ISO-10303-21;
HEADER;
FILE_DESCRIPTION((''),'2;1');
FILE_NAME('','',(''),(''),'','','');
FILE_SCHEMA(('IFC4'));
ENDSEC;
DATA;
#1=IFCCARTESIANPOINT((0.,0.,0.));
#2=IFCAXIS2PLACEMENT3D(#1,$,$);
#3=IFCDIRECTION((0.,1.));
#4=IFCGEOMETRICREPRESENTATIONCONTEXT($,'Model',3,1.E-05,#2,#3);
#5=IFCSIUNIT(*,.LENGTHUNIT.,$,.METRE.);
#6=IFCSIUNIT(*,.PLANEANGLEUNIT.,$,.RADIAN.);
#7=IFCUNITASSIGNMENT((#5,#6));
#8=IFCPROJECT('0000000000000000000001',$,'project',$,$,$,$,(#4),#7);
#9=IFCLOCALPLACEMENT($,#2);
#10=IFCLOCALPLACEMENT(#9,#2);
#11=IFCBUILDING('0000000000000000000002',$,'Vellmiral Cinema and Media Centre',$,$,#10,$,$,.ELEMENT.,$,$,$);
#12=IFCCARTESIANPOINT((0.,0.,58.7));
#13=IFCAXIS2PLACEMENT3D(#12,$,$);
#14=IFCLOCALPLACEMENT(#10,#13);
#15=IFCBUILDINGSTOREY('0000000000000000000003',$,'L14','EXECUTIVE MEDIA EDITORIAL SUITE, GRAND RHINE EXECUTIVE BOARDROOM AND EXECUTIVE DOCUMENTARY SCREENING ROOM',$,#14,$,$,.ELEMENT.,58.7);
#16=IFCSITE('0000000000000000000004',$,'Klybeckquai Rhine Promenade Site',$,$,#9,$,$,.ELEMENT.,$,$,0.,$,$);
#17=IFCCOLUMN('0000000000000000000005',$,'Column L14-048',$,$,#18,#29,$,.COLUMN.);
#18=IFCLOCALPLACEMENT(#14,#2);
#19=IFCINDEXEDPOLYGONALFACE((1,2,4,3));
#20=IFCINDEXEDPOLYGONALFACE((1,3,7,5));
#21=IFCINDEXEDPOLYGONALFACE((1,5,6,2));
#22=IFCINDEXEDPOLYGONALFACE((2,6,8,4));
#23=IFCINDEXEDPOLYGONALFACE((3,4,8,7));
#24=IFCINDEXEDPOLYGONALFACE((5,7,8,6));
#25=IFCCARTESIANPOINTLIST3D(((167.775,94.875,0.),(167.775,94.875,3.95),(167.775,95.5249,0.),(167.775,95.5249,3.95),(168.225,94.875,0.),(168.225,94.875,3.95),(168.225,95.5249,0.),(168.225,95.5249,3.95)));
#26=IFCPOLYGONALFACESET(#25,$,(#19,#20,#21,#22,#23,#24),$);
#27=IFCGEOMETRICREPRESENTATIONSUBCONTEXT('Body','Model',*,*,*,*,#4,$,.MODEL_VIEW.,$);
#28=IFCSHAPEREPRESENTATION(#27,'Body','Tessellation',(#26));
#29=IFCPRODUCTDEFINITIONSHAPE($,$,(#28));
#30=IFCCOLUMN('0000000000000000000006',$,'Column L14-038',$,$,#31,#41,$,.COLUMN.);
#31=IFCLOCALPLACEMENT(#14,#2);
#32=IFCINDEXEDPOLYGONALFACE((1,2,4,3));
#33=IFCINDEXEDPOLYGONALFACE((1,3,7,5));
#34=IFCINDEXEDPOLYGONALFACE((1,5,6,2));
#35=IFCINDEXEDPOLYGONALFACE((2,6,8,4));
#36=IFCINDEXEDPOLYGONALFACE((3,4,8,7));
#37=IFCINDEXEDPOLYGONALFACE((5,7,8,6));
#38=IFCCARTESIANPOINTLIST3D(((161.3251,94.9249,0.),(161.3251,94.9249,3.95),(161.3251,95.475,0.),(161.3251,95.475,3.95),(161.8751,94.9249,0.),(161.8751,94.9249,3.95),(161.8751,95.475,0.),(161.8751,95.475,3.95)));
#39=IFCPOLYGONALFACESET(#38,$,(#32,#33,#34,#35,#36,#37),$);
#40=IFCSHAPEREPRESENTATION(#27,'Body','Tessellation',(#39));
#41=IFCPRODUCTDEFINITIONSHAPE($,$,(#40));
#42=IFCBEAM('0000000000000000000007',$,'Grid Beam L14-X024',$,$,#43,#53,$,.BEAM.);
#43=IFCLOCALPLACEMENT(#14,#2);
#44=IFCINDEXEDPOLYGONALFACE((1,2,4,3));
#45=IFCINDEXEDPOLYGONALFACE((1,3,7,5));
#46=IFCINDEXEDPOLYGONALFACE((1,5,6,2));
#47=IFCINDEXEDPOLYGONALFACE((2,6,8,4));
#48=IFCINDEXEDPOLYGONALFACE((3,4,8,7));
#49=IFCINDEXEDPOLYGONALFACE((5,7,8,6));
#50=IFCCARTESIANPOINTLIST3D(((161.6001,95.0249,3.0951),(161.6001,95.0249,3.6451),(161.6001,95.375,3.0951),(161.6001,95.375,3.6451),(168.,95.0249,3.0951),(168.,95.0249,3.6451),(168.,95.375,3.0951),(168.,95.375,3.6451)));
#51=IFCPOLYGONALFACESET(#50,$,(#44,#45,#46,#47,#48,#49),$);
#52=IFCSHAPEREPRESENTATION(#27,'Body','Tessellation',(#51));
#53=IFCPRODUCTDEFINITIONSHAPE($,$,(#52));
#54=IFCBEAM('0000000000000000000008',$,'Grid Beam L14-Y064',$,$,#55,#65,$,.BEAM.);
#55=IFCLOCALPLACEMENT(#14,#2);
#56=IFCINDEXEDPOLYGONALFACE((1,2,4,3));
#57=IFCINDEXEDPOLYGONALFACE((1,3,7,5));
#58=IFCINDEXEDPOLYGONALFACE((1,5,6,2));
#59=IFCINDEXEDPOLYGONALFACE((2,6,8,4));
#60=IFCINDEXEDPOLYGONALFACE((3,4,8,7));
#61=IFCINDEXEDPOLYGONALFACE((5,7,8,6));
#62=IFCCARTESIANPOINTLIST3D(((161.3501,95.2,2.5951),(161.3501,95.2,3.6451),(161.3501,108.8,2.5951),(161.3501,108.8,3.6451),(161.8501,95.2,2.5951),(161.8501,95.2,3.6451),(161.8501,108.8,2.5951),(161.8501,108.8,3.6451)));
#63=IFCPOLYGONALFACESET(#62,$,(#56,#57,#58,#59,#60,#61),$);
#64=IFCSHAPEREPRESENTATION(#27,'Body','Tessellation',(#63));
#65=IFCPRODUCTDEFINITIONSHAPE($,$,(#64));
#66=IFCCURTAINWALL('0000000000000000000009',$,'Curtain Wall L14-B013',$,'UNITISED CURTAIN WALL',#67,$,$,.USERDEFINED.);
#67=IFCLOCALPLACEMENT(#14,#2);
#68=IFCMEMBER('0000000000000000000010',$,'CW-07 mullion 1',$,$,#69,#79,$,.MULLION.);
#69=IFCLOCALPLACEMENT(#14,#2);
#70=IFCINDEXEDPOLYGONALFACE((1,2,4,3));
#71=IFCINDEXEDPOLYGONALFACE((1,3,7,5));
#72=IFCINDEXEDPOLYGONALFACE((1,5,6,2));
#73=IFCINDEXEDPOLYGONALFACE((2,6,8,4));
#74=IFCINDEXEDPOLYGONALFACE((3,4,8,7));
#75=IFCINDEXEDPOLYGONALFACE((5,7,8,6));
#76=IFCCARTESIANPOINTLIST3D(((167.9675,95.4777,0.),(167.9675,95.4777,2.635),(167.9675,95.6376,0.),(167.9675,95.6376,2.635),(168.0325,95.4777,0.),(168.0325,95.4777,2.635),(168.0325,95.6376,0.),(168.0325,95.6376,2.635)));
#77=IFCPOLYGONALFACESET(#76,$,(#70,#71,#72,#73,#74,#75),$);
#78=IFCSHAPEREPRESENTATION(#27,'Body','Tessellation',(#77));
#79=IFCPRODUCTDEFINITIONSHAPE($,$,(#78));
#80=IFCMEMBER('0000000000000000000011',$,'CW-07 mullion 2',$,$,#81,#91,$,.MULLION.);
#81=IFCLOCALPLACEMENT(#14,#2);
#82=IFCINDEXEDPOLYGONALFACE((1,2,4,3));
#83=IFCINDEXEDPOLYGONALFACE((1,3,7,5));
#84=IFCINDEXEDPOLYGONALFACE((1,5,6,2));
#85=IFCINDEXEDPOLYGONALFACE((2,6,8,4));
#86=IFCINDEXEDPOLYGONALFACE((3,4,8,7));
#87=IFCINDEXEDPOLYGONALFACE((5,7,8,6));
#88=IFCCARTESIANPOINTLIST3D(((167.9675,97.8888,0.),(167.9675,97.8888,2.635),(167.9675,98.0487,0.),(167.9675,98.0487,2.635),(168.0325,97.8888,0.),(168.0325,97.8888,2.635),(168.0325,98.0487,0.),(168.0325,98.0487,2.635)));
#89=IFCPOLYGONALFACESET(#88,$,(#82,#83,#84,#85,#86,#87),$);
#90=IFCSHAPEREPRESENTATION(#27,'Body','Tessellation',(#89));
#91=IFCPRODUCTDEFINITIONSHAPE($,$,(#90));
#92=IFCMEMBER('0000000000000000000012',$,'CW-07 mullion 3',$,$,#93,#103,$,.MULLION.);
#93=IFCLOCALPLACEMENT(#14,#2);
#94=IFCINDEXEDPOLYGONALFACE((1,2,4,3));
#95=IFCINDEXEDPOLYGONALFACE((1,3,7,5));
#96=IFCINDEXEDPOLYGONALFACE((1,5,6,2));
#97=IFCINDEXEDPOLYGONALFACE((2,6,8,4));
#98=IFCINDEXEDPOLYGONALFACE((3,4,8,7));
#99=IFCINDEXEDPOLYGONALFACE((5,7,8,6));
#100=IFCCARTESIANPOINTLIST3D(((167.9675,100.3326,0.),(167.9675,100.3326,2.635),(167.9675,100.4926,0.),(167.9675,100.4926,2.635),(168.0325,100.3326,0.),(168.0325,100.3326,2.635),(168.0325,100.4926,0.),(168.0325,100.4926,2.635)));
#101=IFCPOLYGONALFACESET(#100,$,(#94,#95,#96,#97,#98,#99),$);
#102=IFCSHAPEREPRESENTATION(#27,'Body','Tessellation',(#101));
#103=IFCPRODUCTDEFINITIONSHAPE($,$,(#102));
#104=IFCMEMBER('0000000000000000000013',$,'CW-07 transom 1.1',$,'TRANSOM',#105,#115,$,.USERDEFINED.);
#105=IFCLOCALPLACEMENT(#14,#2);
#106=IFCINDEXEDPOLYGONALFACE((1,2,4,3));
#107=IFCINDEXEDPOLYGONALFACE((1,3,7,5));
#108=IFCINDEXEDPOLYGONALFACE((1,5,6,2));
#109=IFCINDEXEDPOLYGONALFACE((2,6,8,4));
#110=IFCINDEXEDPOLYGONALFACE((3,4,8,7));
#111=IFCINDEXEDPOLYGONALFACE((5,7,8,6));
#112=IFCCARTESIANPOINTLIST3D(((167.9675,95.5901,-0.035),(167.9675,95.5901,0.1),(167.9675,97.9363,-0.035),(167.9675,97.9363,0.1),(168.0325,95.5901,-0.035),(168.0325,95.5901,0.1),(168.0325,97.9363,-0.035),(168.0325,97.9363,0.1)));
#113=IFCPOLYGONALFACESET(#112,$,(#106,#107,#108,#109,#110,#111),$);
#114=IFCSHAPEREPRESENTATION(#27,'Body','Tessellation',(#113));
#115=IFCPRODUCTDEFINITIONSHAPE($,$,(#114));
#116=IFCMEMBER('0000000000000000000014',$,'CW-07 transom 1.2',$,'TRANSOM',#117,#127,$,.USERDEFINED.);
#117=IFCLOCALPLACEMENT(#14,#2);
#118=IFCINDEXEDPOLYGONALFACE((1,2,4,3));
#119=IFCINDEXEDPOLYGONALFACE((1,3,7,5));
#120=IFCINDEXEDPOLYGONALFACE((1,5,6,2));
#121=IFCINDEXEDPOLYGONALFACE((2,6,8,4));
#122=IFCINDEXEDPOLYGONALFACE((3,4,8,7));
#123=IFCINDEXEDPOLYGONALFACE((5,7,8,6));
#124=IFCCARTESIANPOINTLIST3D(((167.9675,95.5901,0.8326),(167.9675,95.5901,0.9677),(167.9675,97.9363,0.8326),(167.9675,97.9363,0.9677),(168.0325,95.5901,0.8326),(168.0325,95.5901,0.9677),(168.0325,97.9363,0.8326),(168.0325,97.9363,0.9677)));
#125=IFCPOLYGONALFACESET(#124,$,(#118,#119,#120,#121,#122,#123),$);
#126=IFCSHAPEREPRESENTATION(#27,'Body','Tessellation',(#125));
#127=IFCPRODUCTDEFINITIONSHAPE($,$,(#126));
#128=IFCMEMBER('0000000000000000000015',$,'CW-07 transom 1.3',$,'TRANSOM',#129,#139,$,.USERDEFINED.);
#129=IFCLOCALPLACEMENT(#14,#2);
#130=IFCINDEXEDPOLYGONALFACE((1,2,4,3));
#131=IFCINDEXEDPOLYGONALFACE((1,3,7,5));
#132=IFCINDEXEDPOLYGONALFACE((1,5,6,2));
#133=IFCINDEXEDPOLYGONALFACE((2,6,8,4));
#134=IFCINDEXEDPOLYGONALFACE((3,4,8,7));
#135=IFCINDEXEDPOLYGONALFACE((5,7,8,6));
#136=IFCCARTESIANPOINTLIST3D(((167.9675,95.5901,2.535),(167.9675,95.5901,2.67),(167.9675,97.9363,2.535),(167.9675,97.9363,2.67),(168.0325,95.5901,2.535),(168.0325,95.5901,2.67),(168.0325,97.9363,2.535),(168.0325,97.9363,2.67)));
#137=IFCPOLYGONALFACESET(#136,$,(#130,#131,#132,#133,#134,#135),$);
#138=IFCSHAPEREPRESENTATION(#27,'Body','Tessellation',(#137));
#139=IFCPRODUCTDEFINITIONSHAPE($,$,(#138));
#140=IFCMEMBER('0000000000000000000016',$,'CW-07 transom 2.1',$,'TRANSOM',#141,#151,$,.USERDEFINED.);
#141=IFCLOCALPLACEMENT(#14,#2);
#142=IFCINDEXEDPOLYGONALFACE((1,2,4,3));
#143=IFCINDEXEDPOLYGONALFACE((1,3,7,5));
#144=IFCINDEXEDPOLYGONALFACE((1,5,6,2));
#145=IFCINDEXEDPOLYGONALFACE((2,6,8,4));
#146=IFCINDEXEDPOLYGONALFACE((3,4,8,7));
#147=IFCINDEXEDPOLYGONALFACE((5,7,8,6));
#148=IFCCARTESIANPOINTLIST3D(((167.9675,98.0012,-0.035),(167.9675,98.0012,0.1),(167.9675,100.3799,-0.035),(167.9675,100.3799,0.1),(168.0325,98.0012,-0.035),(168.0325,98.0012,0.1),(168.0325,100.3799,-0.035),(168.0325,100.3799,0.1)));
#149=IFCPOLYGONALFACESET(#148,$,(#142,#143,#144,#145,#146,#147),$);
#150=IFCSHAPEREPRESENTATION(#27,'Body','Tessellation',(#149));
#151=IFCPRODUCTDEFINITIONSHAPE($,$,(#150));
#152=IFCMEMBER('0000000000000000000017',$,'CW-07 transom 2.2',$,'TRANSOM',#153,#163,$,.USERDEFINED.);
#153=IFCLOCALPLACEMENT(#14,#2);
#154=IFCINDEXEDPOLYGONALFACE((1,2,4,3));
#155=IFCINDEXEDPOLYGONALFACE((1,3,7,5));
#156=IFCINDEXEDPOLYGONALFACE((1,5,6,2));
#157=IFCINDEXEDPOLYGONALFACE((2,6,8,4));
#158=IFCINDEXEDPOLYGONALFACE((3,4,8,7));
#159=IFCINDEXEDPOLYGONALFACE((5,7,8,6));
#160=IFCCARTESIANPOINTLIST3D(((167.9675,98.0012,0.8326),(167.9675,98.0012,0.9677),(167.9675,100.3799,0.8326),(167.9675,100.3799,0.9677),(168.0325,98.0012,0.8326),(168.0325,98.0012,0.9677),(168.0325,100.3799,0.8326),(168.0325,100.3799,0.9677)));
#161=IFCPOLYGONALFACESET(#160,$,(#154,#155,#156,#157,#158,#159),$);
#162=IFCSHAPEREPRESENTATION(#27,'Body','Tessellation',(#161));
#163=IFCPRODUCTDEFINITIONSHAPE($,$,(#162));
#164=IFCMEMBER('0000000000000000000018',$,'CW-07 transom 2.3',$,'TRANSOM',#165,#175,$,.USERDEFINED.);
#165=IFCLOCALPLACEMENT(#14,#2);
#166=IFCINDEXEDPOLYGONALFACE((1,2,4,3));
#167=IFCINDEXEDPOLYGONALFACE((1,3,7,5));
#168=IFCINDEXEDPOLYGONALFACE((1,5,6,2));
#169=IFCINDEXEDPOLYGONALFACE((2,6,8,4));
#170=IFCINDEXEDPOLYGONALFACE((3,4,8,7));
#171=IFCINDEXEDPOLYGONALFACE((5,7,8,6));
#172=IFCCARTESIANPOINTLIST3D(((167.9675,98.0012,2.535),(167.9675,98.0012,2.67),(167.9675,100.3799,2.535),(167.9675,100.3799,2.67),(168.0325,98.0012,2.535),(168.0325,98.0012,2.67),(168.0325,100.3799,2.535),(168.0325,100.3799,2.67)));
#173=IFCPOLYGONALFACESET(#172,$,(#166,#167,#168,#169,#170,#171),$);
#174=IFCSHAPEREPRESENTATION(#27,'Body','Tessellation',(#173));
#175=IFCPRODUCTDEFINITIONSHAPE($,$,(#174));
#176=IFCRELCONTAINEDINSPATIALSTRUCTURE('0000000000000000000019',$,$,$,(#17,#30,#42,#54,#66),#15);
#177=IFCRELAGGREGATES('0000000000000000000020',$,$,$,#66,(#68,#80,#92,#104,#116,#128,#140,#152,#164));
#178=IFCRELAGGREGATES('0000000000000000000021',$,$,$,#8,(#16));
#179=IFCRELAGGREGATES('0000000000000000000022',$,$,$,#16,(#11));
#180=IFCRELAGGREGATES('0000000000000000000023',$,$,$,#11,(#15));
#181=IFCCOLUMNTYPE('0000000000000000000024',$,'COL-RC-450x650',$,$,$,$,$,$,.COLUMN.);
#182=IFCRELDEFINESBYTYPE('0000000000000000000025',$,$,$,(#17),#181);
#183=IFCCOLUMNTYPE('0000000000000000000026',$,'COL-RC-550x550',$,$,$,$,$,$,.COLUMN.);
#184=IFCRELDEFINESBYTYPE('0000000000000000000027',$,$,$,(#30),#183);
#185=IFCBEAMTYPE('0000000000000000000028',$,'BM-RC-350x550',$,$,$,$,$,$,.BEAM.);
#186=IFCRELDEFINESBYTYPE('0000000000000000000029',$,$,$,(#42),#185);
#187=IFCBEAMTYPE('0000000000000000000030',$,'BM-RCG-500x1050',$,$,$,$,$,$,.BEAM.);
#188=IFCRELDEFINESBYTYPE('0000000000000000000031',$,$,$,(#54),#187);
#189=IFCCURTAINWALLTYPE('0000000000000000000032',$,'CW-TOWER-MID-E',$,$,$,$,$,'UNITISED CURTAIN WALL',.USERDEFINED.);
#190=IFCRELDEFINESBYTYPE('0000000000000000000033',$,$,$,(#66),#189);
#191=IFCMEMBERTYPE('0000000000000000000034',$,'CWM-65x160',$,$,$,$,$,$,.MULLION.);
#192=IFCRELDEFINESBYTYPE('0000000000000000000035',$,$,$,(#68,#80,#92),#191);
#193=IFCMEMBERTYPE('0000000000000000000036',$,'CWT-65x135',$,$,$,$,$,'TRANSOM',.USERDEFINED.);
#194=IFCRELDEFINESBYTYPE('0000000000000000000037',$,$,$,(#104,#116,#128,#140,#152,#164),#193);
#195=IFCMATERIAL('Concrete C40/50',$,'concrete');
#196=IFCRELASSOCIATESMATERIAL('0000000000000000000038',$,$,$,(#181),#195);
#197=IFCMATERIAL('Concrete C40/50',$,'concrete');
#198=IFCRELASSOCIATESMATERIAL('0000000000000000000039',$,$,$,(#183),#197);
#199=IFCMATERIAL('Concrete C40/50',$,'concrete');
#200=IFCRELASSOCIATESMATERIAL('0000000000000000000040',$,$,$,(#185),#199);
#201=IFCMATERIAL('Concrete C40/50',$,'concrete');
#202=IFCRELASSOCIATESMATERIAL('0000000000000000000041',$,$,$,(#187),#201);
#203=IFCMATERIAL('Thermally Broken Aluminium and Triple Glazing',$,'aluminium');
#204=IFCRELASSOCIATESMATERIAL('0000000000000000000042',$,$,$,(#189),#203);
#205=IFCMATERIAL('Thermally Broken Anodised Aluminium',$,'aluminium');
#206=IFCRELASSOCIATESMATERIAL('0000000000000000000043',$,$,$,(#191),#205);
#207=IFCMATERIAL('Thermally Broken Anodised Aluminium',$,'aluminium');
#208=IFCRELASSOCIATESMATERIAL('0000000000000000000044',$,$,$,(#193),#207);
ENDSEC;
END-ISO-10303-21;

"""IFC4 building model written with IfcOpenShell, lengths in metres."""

from ifc_helpers import new_model, si_unit, direction, frame, origin, origin_2d, place, context, subcontext, project, spatial, rectangle, extrude, material, material_profile, profile_set, type_object, element, aggregate, save


model = new_model("IFC4")

# Units and contexts
model_context = context("Model", 3, precision=1e-05, world=origin(), true_north=direction((0.0, 1.0)))
body_context = subcontext(model_context, "Body", "Model", "MODEL_VIEW")
ifc_project = project(units=[si_unit("LENGTHUNIT", "METRE"), si_unit("PLANEANGLEUNIT", "RADIAN")], contexts=[model_context])

# Site, building, storey
site_placement = place(None, origin())
site = spatial("IfcSite", under=ifc_project, at=site_placement, Name="Klybeckquai Rhine Promenade Site", CompositionType="ELEMENT", RefElevation=0.0)
building_placement = place(site_placement, origin())
building = spatial("IfcBuilding", under=site, at=building_placement, Name="Vellmiral Cinema and Media Centre", CompositionType="ELEMENT")
storey_placement = place(building_placement, frame((0.0, 0.0, 58.7)))
storey = spatial("IfcBuildingStorey", under=building, at=storey_placement, Name="L14", Description="EXECUTIVE MEDIA EDITORIAL SUITE, GRAND RHINE EXECUTIVE BOARDROOM AND EXECUTIVE DOCUMENTARY SCREENING ROOM", CompositionType="ELEMENT", Elevation=58.7)

# Columns
ifc_material_1 = material(Name="Concrete C40/50", Category="concrete")
ifc_material_profile_1 = material_profile(ifc_material_1, rectangle(XDim=0.45, YDim=0.6499, at=origin_2d()), Name="RC 450x650")
ifc_profile_set_1 = profile_set([ifc_material_profile_1], Name="Concrete C40/50")
column_type_1 = type_object("IfcColumnType", Name="COL-RC-450x650", PredefinedType="COLUMN", material=ifc_profile_set_1)
column_1_placement = place(storey_placement, frame((168.0, 95.2, 0.0), z_axis=(0.0, 0.0, 1.0), x_axis=(1.0, 0.0, 0.0)))
element("IfcColumn", 1, at=column_1_placement, inside=storey, type_object=column_type_1, Name="Column L14-048", PredefinedType="COLUMN", context=body_context, shape_type="SweptSolid", body=[
    extrude(rectangle(XDim=0.45, YDim=0.6499, at=origin_2d()), origin(), (0.0, 0.0, 1.0), 3.95),
])
ifc_material_2 = material(Name="Concrete C40/50", Category="concrete")
ifc_material_profile_2 = material_profile(ifc_material_2, rectangle(XDim=0.55, YDim=0.55, at=origin_2d()), Name="RC 550x550")
ifc_profile_set_2 = profile_set([ifc_material_profile_2], Name="Concrete C40/50")
column_type_2 = type_object("IfcColumnType", Name="COL-RC-550x550", PredefinedType="COLUMN", material=ifc_profile_set_2)
column_2_placement = place(storey_placement, frame((161.6001, 95.2, 0.0), z_axis=(0.0, 0.0, 1.0), x_axis=(1.0, 0.0, 0.0)))
element("IfcColumn", 2, at=column_2_placement, inside=storey, type_object=column_type_2, Name="Column L14-038", PredefinedType="COLUMN", context=body_context, shape_type="SweptSolid", body=[
    extrude(rectangle(XDim=0.55, YDim=0.55, at=origin_2d()), origin(), (0.0, 0.0, 1.0), 3.95),
])

# Beams
ifc_material_3 = material(Name="Concrete C40/50", Category="concrete")
ifc_material_profile_3 = material_profile(ifc_material_3, rectangle(XDim=0.3501, YDim=0.55, at=origin_2d()), Name="RC 350x550")
ifc_profile_set_3 = profile_set([ifc_material_profile_3], Name="Concrete C40/50")
beam_type_1 = type_object("IfcBeamType", Name="BM-RC-350x550", PredefinedType="BEAM", material=ifc_profile_set_3)
beam_1_placement = place(storey_placement, frame((161.6001, 95.2, 3.3701), z_axis=(1.0, 0.0, 0.0), x_axis=(0.0, 1.0, 0.0)))
element("IfcBeam", 3, at=beam_1_placement, inside=storey, type_object=beam_type_1, Name="Grid Beam L14-X024", PredefinedType="BEAM", context=body_context, shape_type="SweptSolid", body=[
    extrude(rectangle(XDim=0.3501, YDim=0.55, at=origin_2d()), origin(), (0.0, 0.0, 1.0), 6.3999),
])
ifc_material_4 = material(Name="Concrete C40/50", Category="concrete")
ifc_material_profile_4 = material_profile(ifc_material_4, rectangle(XDim=0.5, YDim=1.05, at=origin_2d()), Name="RC 500x1050")
ifc_profile_set_4 = profile_set([ifc_material_profile_4], Name="Concrete C40/50")
beam_type_2 = type_object("IfcBeamType", Name="BM-RCG-500x1050", PredefinedType="BEAM", material=ifc_profile_set_4)
beam_2_placement = place(storey_placement, frame((161.6001, 95.2, 3.1201), z_axis=(0.0, 1.0, 0.0), x_axis=(-1.0, 0.0, 0.0)))
element("IfcBeam", 4, at=beam_2_placement, inside=storey, type_object=beam_type_2, Name="Grid Beam L14-Y064", PredefinedType="BEAM", context=body_context, shape_type="SweptSolid", body=[
    extrude(rectangle(XDim=0.5, YDim=1.05, at=origin_2d()), origin(), (0.0, 0.0, 1.0), 13.6001),
])

# Curtain wall, members
ifc_material_5 = material(Name="Thermally Broken Aluminium and Triple Glazing", Category="aluminium")
curtain_wall_type = type_object("IfcCurtainWallType", Name="CW-TOWER-MID-E", ElementType="UNITISED CURTAIN WALL", PredefinedType="USERDEFINED", material=ifc_material_5)
curtain_wall_placement = place(storey_placement, origin())
curtain_wall = element("IfcCurtainWall", 5, at=curtain_wall_placement, inside=storey, type_object=curtain_wall_type, Name="Curtain Wall L14-B013", ObjectType="UNITISED CURTAIN WALL", PredefinedType="USERDEFINED")
ifc_material_6 = material(Name="Thermally Broken Anodised Aluminium", Category="aluminium")
ifc_material_profile_5 = material_profile(ifc_material_6, rectangle(XDim=0.0649, YDim=0.1599, at=origin_2d()), Name="MULL 65x160")
ifc_profile_set_5 = profile_set([ifc_material_profile_5], Name="Thermally Broken Anodised Aluminium")
member_type_1 = type_object("IfcMemberType", Name="CWM-65x160", PredefinedType="MULLION", material=ifc_profile_set_5)
member_1_placement = place(storey_placement, frame((168.0, 95.5576, 0.0), z_axis=(0.0, 0.0, 1.0), x_axis=(-1.0, 0.0, 0.0)))
member_1 = element("IfcMember", 6, at=member_1_placement, type_object=member_type_1, Name="CW-07 mullion 1", PredefinedType="MULLION", context=body_context, shape_type="SweptSolid", body=[
    extrude(rectangle(XDim=0.0649, YDim=0.1599, at=origin_2d()), origin(), (0.0, 0.0, 1.0), 2.635),
])
member_2_placement = place(storey_placement, frame((168.0, 97.9688, 0.0), z_axis=(0.0, 0.0, 1.0), x_axis=(-1.0, 0.0, 0.0)))
member_2 = element("IfcMember", 7, at=member_2_placement, type_object=member_type_1, Name="CW-07 mullion 2", PredefinedType="MULLION", context=body_context, shape_type="SweptSolid", body=[
    extrude(rectangle(XDim=0.0649, YDim=0.1599, at=origin_2d()), origin(), (0.0, 0.0, 1.0), 2.635),
])
member_3_placement = place(storey_placement, frame((168.0, 100.4126, 0.0), z_axis=(0.0, 0.0, 1.0), x_axis=(-1.0, 0.0, 0.0)))
member_3 = element("IfcMember", 8, at=member_3_placement, type_object=member_type_1, Name="CW-07 mullion 3", PredefinedType="MULLION", context=body_context, shape_type="SweptSolid", body=[
    extrude(rectangle(XDim=0.0649, YDim=0.1599, at=origin_2d()), origin(), (0.0, 0.0, 1.0), 2.635),
])
ifc_material_7 = material(Name="Thermally Broken Anodised Aluminium", Category="aluminium")
ifc_material_profile_6 = material_profile(ifc_material_7, rectangle(XDim=0.0649, YDim=0.135, at=origin_2d()), Name="MULL 65x135")
ifc_profile_set_6 = profile_set([ifc_material_profile_6], Name="Thermally Broken Anodised Aluminium")
member_type_2 = type_object("IfcMemberType", Name="CWT-65x135", ElementType="TRANSOM", PredefinedType="USERDEFINED", material=ifc_profile_set_6)
member_4_placement = place(storey_placement, frame((168.0, 95.5901, 0.0325), z_axis=(0.0, 1.0, 0.0), x_axis=(-1.0, 0.0, 0.0)))
member_4 = element("IfcMember", 9, at=member_4_placement, type_object=member_type_2, Name="CW-07 transom 1.1", ObjectType="TRANSOM", PredefinedType="USERDEFINED", context=body_context, shape_type="SweptSolid", body=[
    extrude(rectangle(XDim=0.0649, YDim=0.135, at=origin_2d()), origin(), (0.0, 0.0, 1.0), 2.3462),
])
member_5_placement = place(storey_placement, frame((168.0, 95.5901, 0.9001), z_axis=(0.0, 1.0, 0.0), x_axis=(-1.0, 0.0, 0.0)))
member_5 = element("IfcMember", 10, at=member_5_placement, type_object=member_type_2, Name="CW-07 transom 1.2", ObjectType="TRANSOM", PredefinedType="USERDEFINED", context=body_context, shape_type="SweptSolid", body=[
    extrude(rectangle(XDim=0.0649, YDim=0.135, at=origin_2d()), origin(), (0.0, 0.0, 1.0), 2.3462),
])
member_6_placement = place(storey_placement, frame((168.0, 95.5901, 2.6025), z_axis=(0.0, 1.0, 0.0), x_axis=(-1.0, 0.0, 0.0)))
member_6 = element("IfcMember", 11, at=member_6_placement, type_object=member_type_2, Name="CW-07 transom 1.3", ObjectType="TRANSOM", PredefinedType="USERDEFINED", context=body_context, shape_type="SweptSolid", body=[
    extrude(rectangle(XDim=0.0649, YDim=0.135, at=origin_2d()), origin(), (0.0, 0.0, 1.0), 2.3462),
])
member_7_placement = place(storey_placement, frame((168.0, 98.0012, 0.0325), z_axis=(0.0, 1.0, 0.0), x_axis=(-1.0, 0.0, 0.0)))
member_7 = element("IfcMember", 12, at=member_7_placement, type_object=member_type_2, Name="CW-07 transom 2.1", ObjectType="TRANSOM", PredefinedType="USERDEFINED", context=body_context, shape_type="SweptSolid", body=[
    extrude(rectangle(XDim=0.0649, YDim=0.135, at=origin_2d()), origin(), (0.0, 0.0, 1.0), 2.3787),
])
member_8_placement = place(storey_placement, frame((168.0, 98.0012, 0.9001), z_axis=(0.0, 1.0, 0.0), x_axis=(-1.0, 0.0, 0.0)))
member_8 = element("IfcMember", 13, at=member_8_placement, type_object=member_type_2, Name="CW-07 transom 2.2", ObjectType="TRANSOM", PredefinedType="USERDEFINED", context=body_context, shape_type="SweptSolid", body=[
    extrude(rectangle(XDim=0.0649, YDim=0.135, at=origin_2d()), origin(), (0.0, 0.0, 1.0), 2.3787),
])
member_9_placement = place(storey_placement, frame((168.0, 98.0012, 2.6025), z_axis=(0.0, 1.0, 0.0), x_axis=(-1.0, 0.0, 0.0)))
member_9 = element("IfcMember", 14, at=member_9_placement, type_object=member_type_2, Name="CW-07 transom 2.3", ObjectType="TRANSOM", PredefinedType="USERDEFINED", context=body_context, shape_type="SweptSolid", body=[
    extrude(rectangle(XDim=0.0649, YDim=0.135, at=origin_2d()), origin(), (0.0, 0.0, 1.0), 2.3787),
])

aggregate(curtain_wall, [member_1, member_2, member_3, member_4, member_5, member_6, member_7, member_8, member_9])

save(model, "model.ifc")
